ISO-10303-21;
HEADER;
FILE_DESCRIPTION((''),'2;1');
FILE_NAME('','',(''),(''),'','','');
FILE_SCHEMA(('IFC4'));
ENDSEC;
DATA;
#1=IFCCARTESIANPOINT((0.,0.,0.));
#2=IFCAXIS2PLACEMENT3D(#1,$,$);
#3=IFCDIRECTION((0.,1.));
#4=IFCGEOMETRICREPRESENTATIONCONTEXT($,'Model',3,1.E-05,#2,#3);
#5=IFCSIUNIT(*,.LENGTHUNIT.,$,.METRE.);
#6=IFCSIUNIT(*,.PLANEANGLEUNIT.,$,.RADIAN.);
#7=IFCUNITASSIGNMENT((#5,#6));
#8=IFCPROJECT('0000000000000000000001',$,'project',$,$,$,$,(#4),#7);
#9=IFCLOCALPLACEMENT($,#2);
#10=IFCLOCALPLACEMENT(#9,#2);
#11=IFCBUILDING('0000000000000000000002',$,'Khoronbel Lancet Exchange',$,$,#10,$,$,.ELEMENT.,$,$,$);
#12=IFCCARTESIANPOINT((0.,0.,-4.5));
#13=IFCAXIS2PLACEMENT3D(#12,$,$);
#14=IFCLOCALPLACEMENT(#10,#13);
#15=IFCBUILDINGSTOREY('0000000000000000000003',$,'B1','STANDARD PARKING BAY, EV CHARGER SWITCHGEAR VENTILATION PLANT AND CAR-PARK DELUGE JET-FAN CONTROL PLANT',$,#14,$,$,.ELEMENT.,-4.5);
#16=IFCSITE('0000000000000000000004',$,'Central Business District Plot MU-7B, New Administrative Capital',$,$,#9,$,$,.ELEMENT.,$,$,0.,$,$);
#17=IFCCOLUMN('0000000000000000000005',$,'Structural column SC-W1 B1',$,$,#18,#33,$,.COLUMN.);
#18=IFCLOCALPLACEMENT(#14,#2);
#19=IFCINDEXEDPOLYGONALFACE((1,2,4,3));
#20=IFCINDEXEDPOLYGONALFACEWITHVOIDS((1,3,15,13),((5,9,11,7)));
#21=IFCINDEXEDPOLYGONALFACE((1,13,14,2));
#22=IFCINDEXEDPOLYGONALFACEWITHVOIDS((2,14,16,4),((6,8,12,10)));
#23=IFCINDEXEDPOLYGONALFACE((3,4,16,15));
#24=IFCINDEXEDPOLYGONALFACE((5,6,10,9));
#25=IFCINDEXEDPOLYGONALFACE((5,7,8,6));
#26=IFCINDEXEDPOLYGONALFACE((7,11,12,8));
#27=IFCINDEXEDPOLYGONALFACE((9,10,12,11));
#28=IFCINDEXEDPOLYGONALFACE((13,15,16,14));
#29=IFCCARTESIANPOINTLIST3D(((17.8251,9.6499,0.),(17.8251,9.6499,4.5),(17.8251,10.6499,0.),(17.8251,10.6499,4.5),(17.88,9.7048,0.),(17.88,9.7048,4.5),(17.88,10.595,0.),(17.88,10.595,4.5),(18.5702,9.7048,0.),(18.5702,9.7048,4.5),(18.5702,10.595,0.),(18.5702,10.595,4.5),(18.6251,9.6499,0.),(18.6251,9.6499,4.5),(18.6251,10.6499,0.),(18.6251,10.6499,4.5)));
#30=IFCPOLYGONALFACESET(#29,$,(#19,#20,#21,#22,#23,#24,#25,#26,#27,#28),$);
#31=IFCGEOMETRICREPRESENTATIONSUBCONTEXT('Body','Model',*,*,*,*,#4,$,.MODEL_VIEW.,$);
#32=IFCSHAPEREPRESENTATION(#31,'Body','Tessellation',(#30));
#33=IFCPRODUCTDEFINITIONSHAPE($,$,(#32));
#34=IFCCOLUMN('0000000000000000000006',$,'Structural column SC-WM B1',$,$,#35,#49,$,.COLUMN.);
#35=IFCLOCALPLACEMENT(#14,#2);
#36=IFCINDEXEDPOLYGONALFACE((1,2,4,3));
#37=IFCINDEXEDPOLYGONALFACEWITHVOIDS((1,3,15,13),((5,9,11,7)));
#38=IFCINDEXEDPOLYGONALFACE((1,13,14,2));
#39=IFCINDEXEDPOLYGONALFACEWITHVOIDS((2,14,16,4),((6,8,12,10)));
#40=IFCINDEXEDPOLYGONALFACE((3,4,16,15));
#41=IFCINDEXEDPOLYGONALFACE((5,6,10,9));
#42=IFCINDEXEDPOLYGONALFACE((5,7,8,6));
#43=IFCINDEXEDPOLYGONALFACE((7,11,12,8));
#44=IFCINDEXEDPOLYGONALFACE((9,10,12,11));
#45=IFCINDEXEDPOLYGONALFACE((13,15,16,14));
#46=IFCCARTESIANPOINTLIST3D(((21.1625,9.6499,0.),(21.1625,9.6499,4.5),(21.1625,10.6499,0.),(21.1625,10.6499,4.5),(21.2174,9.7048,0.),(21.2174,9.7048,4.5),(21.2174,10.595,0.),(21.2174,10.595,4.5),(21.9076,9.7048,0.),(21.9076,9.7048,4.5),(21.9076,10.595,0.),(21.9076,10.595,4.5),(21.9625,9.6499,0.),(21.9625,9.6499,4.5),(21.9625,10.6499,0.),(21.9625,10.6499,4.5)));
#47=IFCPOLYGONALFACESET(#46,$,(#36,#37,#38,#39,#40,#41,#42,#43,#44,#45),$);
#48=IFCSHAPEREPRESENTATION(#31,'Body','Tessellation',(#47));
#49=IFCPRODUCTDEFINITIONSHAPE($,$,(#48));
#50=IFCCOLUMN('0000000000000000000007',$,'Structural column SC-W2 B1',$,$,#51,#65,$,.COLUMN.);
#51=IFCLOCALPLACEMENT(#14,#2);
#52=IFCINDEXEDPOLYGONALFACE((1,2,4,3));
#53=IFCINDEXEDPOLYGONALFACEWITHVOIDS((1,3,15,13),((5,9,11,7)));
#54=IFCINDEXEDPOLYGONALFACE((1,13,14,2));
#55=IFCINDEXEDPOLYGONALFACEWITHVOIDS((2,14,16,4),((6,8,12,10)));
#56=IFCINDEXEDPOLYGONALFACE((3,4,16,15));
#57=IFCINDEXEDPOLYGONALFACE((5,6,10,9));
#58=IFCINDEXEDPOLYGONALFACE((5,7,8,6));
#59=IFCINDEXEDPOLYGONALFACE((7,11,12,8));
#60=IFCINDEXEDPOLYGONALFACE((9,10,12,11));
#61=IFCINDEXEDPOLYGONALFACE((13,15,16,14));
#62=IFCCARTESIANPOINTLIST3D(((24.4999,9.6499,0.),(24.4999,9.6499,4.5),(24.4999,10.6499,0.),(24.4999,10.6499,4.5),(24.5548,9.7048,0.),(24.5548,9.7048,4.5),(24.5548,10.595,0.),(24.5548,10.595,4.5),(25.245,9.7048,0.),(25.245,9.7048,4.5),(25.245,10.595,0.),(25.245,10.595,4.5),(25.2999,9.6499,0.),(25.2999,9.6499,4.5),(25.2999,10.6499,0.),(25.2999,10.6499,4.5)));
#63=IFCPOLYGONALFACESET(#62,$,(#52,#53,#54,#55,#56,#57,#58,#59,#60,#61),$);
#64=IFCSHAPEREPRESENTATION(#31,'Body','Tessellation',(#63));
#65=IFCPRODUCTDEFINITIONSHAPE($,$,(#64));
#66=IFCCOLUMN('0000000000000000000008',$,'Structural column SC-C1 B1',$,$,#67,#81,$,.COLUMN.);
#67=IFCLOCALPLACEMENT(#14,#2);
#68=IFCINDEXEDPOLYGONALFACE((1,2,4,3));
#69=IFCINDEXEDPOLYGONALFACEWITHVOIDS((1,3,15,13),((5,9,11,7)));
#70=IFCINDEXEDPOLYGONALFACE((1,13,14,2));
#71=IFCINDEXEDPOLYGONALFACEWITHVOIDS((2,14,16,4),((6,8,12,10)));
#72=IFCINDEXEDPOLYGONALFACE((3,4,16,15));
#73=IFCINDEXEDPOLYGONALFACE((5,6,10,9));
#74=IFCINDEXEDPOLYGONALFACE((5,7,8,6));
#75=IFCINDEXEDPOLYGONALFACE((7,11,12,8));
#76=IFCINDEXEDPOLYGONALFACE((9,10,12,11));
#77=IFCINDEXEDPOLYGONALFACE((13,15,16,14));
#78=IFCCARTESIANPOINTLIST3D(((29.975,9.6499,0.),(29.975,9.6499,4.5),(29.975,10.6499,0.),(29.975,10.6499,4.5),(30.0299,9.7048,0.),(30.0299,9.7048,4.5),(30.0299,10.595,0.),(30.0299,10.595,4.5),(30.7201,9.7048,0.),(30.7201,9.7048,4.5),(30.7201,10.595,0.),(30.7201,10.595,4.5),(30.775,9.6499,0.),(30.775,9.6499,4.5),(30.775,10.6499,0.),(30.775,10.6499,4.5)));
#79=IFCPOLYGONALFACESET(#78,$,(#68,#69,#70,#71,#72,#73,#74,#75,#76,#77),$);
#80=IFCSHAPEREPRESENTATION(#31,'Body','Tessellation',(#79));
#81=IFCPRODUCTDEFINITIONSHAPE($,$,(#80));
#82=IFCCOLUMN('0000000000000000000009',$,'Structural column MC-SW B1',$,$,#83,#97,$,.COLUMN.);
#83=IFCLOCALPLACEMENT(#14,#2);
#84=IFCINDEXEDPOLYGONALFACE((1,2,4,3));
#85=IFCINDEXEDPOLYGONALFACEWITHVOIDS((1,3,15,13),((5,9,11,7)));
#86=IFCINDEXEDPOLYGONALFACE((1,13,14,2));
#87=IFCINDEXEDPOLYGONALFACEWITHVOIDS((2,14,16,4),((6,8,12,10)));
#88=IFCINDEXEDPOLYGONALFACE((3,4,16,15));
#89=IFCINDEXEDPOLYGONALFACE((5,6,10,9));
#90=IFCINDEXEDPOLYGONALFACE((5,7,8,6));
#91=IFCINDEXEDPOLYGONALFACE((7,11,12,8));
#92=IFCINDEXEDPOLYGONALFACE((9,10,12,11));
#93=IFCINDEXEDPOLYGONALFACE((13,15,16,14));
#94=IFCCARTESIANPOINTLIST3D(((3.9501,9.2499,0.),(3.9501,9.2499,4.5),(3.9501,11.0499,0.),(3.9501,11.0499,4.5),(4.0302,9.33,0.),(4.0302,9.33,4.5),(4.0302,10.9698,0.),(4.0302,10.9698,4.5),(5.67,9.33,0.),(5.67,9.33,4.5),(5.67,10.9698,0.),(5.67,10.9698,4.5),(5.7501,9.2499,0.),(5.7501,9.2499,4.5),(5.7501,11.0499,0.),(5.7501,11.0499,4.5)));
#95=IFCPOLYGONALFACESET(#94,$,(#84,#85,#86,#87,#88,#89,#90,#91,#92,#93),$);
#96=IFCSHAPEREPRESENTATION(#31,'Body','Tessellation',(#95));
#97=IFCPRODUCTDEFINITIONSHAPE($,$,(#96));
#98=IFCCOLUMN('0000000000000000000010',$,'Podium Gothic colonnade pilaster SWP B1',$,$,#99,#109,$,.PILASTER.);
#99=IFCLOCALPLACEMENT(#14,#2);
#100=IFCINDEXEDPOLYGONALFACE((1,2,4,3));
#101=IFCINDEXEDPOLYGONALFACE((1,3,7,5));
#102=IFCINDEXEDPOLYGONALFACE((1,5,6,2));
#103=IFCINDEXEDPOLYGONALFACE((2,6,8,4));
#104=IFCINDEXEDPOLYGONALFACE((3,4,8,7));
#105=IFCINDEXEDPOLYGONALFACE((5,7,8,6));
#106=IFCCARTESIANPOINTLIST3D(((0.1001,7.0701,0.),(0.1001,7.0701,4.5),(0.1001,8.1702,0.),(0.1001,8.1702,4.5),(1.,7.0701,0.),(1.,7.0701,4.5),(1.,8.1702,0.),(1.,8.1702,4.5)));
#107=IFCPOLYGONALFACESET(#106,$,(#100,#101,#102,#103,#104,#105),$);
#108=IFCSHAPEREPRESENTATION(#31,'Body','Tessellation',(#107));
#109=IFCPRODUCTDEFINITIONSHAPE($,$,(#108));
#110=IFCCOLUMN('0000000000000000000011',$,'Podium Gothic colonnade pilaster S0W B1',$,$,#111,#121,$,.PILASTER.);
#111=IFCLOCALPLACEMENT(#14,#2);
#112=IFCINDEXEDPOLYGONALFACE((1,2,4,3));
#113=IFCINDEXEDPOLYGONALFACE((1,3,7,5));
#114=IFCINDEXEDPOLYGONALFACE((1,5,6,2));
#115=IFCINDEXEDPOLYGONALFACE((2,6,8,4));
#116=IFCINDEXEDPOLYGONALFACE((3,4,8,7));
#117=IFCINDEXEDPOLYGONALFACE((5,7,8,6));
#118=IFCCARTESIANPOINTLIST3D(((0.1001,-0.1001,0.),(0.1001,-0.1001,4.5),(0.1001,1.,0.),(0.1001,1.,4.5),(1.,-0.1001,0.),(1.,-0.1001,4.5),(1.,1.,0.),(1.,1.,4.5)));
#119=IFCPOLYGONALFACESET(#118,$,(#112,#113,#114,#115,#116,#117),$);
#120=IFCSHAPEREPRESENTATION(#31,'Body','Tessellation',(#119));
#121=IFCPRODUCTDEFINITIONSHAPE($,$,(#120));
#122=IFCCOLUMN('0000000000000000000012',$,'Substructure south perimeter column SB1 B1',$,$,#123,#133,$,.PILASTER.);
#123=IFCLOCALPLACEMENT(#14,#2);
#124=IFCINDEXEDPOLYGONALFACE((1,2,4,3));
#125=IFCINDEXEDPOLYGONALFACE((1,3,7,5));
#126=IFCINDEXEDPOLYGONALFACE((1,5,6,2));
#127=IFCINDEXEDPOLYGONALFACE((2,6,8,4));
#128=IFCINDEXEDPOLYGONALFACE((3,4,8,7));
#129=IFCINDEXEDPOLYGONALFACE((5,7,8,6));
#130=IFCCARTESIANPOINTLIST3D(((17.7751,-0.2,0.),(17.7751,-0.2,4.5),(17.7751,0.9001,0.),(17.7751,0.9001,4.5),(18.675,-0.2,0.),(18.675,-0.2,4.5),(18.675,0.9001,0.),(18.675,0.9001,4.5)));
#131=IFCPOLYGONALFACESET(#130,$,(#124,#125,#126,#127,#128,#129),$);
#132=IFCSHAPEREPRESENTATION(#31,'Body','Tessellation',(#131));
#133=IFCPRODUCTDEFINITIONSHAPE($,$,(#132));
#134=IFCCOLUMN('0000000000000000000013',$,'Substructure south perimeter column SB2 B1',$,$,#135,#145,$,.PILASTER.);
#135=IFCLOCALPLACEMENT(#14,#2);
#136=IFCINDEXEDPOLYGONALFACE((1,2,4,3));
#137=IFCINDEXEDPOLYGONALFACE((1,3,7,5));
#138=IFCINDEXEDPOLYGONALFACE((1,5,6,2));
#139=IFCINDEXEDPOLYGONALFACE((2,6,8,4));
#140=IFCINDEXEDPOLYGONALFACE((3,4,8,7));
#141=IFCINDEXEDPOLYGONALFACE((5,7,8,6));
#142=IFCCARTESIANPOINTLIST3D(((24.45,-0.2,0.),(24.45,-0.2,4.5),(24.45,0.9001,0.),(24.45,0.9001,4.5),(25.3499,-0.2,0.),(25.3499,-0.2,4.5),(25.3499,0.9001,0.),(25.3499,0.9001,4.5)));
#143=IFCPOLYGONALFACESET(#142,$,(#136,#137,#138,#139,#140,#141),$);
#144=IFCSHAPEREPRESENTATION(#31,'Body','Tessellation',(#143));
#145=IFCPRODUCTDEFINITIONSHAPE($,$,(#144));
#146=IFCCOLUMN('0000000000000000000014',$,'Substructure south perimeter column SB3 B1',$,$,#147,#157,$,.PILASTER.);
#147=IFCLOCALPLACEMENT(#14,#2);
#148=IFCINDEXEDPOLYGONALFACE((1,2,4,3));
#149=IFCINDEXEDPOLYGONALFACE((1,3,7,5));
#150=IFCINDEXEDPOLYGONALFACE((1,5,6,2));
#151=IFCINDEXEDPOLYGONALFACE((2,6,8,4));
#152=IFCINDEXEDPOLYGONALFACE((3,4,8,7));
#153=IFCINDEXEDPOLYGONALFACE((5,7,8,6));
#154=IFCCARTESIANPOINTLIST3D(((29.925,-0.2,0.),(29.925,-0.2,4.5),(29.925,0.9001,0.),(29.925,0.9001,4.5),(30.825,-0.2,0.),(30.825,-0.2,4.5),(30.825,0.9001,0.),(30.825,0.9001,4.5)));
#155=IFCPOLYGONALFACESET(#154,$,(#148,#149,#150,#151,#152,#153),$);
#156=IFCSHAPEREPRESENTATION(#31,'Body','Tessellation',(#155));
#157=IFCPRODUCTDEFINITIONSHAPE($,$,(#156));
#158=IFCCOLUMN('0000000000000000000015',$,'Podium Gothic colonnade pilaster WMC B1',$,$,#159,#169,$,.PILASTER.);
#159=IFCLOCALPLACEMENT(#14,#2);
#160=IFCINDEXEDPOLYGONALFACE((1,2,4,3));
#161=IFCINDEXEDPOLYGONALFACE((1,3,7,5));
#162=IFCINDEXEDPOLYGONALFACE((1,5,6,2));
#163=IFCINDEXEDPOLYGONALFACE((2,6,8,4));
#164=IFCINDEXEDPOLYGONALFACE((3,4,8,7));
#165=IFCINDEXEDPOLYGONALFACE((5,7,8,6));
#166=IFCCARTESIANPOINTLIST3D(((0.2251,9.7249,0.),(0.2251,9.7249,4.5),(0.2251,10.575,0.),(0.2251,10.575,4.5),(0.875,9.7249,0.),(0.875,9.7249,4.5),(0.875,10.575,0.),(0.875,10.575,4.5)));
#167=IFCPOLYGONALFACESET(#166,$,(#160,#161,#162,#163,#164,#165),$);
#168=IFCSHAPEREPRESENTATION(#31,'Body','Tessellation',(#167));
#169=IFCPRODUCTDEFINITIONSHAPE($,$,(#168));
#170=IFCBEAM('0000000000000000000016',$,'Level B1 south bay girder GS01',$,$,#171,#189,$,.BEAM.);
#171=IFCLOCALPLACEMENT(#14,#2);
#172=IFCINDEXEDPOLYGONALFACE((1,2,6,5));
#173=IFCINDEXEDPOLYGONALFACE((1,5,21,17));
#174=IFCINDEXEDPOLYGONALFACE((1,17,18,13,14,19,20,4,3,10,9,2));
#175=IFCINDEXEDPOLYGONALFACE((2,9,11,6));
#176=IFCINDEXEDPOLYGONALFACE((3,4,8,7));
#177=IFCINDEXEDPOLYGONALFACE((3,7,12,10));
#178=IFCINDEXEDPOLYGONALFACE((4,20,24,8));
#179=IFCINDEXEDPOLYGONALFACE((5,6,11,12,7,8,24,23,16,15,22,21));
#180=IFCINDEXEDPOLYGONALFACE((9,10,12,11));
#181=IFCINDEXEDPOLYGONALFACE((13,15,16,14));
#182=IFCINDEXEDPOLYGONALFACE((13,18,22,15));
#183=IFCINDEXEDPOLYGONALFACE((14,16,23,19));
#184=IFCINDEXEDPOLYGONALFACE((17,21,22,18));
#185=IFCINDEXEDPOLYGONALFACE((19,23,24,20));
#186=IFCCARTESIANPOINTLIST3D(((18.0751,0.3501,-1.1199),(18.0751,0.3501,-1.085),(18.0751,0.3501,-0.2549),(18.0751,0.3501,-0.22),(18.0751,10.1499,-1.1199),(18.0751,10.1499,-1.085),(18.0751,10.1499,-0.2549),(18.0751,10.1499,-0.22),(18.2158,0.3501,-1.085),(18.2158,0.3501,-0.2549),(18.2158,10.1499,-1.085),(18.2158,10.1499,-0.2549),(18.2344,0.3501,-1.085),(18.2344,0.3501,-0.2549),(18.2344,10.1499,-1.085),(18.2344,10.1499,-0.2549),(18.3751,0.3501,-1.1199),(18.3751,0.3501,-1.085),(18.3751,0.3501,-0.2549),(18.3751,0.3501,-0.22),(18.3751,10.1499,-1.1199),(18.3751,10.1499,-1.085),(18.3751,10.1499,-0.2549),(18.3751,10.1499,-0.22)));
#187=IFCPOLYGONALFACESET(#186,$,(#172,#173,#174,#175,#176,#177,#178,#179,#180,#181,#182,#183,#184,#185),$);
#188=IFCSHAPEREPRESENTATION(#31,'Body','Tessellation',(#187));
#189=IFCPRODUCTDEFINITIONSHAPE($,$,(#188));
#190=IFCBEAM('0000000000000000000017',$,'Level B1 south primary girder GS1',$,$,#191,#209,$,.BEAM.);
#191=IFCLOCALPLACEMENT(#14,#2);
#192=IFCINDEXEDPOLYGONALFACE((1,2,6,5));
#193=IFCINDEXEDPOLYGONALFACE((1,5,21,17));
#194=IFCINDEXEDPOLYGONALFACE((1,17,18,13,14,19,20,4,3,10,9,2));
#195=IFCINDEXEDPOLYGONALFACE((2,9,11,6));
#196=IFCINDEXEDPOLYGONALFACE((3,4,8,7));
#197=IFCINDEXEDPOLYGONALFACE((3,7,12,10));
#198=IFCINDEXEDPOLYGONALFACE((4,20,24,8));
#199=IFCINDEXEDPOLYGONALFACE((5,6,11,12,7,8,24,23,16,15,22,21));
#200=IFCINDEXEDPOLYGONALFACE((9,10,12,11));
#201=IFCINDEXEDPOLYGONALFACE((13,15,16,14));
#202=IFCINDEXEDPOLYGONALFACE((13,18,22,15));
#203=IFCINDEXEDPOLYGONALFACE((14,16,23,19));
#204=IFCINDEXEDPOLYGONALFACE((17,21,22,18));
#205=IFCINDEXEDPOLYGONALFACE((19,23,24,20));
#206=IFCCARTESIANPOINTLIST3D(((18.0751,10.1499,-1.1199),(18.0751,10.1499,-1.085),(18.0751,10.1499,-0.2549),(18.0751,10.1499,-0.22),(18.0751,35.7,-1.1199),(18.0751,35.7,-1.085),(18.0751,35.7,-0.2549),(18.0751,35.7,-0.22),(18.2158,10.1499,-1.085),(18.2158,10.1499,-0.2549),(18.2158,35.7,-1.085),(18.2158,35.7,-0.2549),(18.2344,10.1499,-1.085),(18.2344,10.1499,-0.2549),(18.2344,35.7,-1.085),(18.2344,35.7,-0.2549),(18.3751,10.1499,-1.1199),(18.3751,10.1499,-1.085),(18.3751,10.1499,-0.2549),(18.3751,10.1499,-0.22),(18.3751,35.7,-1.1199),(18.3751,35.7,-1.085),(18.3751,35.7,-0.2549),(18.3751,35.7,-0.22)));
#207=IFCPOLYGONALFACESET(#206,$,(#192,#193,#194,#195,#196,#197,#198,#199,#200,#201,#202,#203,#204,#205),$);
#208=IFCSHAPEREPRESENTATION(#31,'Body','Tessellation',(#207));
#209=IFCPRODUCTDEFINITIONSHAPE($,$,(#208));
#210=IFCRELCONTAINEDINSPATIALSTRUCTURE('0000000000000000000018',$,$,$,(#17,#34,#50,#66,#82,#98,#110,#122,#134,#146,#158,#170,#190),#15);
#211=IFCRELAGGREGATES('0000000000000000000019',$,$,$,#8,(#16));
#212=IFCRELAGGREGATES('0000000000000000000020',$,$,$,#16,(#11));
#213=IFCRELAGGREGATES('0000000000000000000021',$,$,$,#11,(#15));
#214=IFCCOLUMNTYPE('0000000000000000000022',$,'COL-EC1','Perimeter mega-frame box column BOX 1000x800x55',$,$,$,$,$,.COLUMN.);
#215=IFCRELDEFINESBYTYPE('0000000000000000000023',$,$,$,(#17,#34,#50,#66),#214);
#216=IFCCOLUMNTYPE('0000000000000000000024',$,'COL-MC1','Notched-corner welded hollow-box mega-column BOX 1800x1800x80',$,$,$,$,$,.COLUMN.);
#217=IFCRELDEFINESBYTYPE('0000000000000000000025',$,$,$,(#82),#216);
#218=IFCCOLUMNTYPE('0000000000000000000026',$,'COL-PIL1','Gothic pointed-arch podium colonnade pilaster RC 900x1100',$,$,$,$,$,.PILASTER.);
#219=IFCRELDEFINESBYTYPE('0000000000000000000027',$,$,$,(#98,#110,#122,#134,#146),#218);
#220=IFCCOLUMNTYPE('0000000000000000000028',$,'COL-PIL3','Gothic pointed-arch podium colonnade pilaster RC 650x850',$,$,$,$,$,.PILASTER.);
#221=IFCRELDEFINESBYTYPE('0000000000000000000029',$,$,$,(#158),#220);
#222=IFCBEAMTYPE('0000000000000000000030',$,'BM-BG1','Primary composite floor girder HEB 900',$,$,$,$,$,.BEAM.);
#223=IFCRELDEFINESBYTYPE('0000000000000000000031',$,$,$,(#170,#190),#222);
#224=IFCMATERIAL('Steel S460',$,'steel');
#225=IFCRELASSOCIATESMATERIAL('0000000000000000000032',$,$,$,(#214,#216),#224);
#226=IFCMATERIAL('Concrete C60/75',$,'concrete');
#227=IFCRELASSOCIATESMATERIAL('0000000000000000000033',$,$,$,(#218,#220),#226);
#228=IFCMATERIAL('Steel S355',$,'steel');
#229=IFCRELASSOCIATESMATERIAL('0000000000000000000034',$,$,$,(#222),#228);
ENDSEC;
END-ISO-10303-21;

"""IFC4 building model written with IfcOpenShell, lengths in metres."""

from ifc_helpers import new_model, si_unit, direction, frame, origin, origin_2d, place, context, subcontext, project, spatial, rectangle, hollow_rectangle, i_section, extrude, material, material_profile, profile_set, type_object, element, save


model = new_model("IFC4")

# Units and contexts
model_context = context("Model", 3, precision=1e-05, world=origin(), true_north=direction((0.0, 1.0)))
body_context = subcontext(model_context, "Body", "Model", "MODEL_VIEW")
ifc_project = project(units=[si_unit("LENGTHUNIT", "METRE"), si_unit("PLANEANGLEUNIT", "RADIAN")], contexts=[model_context])

# Site, building, storey
site_placement = place(None, origin())
site = spatial("IfcSite", under=ifc_project, at=site_placement, Name="Central Business District Plot MU-7B, New Administrative Capital", CompositionType="ELEMENT", RefElevation=0.0)
building_placement = place(site_placement, origin())
building = spatial("IfcBuilding", under=site, at=building_placement, Name="Khoronbel Lancet Exchange", CompositionType="ELEMENT")
storey_placement = place(building_placement, frame((0.0, 0.0, -4.5)))
storey = spatial("IfcBuildingStorey", under=building, at=storey_placement, Name="B1", Description="STANDARD PARKING BAY, EV CHARGER SWITCHGEAR VENTILATION PLANT AND CAR-PARK DELUGE JET-FAN CONTROL PLANT", CompositionType="ELEMENT", Elevation=-4.5)

# Columns
ifc_material_1 = material(Name="Steel S460", Category="steel")
ifc_material_profile_1 = material_profile(ifc_material_1, hollow_rectangle(XDim=0.8, YDim=1.0, WallThickness=0.0549, at=origin_2d()), Name="BOX 1000x800x55")
ifc_profile_set_1 = profile_set([ifc_material_profile_1], Name="Steel S460")
column_type_1 = type_object("IfcColumnType", Name="COL-EC1", Description="Perimeter mega-frame box column BOX 1000x800x55", PredefinedType="COLUMN", material=ifc_profile_set_1)
for number, where, z_axis, x_axis, name in (
    (1, (18.2251, 10.1499, 0.0), (0.0, 0.0, 1.0), (1.0, 0.0, 0.0), "Structural column SC-W1 B1"),
    (2, (21.5625, 10.1499, 0.0), (0.0, 0.0, 1.0), (1.0, 0.0, 0.0), "Structural column SC-WM B1"),
    (3, (24.8999, 10.1499, 0.0), (0.0, 0.0, 1.0), (1.0, 0.0, 0.0), "Structural column SC-W2 B1"),
    (4, (30.375, 10.1499, 0.0), (0.0, 0.0, 1.0), (1.0, 0.0, 0.0), "Structural column SC-C1 B1"),
):
    element("IfcColumn", number, at=place(storey_placement, frame(where, z_axis=z_axis, x_axis=x_axis)), inside=storey, type_object=column_type_1, Name=name, PredefinedType="COLUMN", context=body_context, shape_type="SweptSolid", body=[
        extrude(hollow_rectangle(XDim=0.8, YDim=1.0, WallThickness=0.0549, at=origin_2d()), origin(), (0.0, 0.0, 1.0), 4.5),
    ])
ifc_material_profile_2 = material_profile(ifc_material_1, hollow_rectangle(XDim=1.8, YDim=1.8, WallThickness=0.0801, at=origin_2d()), Name="BOX 1800x1800x80")
ifc_profile_set_2 = profile_set([ifc_material_profile_2], Name="Steel S460")
column_type_2 = type_object("IfcColumnType", Name="COL-MC1", Description="Notched-corner welded hollow-box mega-column BOX 1800x1800x80", PredefinedType="COLUMN", material=ifc_profile_set_2)
column_1_placement = place(storey_placement, frame((4.8501, 10.1499, 0.0), z_axis=(0.0, 0.0, 1.0), x_axis=(1.0, 0.0, 0.0)))
element("IfcColumn", 5, at=column_1_placement, inside=storey, type_object=column_type_2, Name="Structural column MC-SW B1", PredefinedType="COLUMN", context=body_context, shape_type="SweptSolid", body=[
    extrude(hollow_rectangle(XDim=1.8, YDim=1.8, WallThickness=0.0801, at=origin_2d()), origin(), (0.0, 0.0, 1.0), 4.5),
])
ifc_material_2 = material(Name="Concrete C60/75", Category="concrete")
ifc_material_profile_3 = material_profile(ifc_material_2, rectangle(XDim=0.8999, YDim=1.1001, at=origin_2d()), Name="RC 900x1100")
ifc_profile_set_3 = profile_set([ifc_material_profile_3], Name="Concrete C60/75")
column_type_3 = type_object("IfcColumnType", Name="COL-PIL1", Description="Gothic pointed-arch podium colonnade pilaster RC 900x1100", PredefinedType="PILASTER", material=ifc_profile_set_3)
for number, where, z_axis, x_axis, name in (
    (6, (0.55, 7.6201, 0.0), (0.0, 0.0, 1.0), (1.0, 0.0, 0.0), "Podium Gothic colonnade pilaster SWP B1"),
    (7, (0.55, 0.45, 0.0), (0.0, 0.0, 1.0), (1.0, 0.0, 0.0), "Podium Gothic colonnade pilaster S0W B1"),
    (8, (18.2251, 0.3501, 0.0), (0.0, 0.0, 1.0), (1.0, 0.0, 0.0), "Substructure south perimeter column SB1 B1"),
    (9, (24.8999, 0.3501, 0.0), (0.0, 0.0, 1.0), (1.0, 0.0, 0.0), "Substructure south perimeter column SB2 B1"),
    (10, (30.375, 0.3501, 0.0), (0.0, 0.0, 1.0), (1.0, 0.0, 0.0), "Substructure south perimeter column SB3 B1"),
):
    element("IfcColumn", number, at=place(storey_placement, frame(where, z_axis=z_axis, x_axis=x_axis)), inside=storey, type_object=column_type_3, Name=name, PredefinedType="PILASTER", context=body_context, shape_type="SweptSolid", body=[
        extrude(rectangle(XDim=0.8999, YDim=1.1001, at=origin_2d()), origin(), (0.0, 0.0, 1.0), 4.5),
    ])
ifc_material_profile_4 = material_profile(ifc_material_2, rectangle(XDim=0.6499, YDim=0.8501, at=origin_2d()), Name="RC 650x850")
ifc_profile_set_4 = profile_set([ifc_material_profile_4], Name="Concrete C60/75")
column_type_4 = type_object("IfcColumnType", Name="COL-PIL3", Description="Gothic pointed-arch podium colonnade pilaster RC 650x850", PredefinedType="PILASTER", material=ifc_profile_set_4)
column_2_placement = place(storey_placement, frame((0.55, 10.1499, 0.0), z_axis=(0.0, 0.0, 1.0), x_axis=(1.0, 0.0, 0.0)))
element("IfcColumn", 11, at=column_2_placement, inside=storey, type_object=column_type_4, Name="Podium Gothic colonnade pilaster WMC B1", PredefinedType="PILASTER", context=body_context, shape_type="SweptSolid", body=[
    extrude(rectangle(XDim=0.6499, YDim=0.8501, at=origin_2d()), origin(), (0.0, 0.0, 1.0), 4.5),
])

# Beams
ifc_material_3 = material(Name="Steel S355", Category="steel")
ifc_material_profile_5 = material_profile(ifc_material_3, i_section(OverallWidth=0.3, OverallDepth=0.8999, WebThickness=0.0186, FlangeThickness=0.0349, at=origin_2d()), Name="HEB 900")
ifc_profile_set_5 = profile_set([ifc_material_profile_5], Name="Steel S355")
beam_type_1 = type_object("IfcBeamType", Name="BM-BG1", Description="Primary composite floor girder HEB 900", PredefinedType="BEAM", material=ifc_profile_set_5)
beam_1_placement = place(storey_placement, frame((18.2251, 0.3501, -0.6699), z_axis=(0.0, 1.0, 0.0), x_axis=(-1.0, 0.0, 0.0)))
element("IfcBeam", 12, at=beam_1_placement, inside=storey, type_object=beam_type_1, Name="Level B1 south bay girder GS01", PredefinedType="BEAM", context=body_context, shape_type="SweptSolid", body=[
    extrude(i_section(OverallWidth=0.3, OverallDepth=0.8999, WebThickness=0.0186, FlangeThickness=0.0349, at=origin_2d()), origin(), (0.0, 0.0, 1.0), 9.7998),
])
beam_2_placement = place(storey_placement, frame((18.2251, 10.1499, -0.6699), z_axis=(0.0, 1.0, 0.0), x_axis=(-1.0, 0.0, 0.0)))
element("IfcBeam", 13, at=beam_2_placement, inside=storey, type_object=beam_type_1, Name="Level B1 south primary girder GS1", PredefinedType="BEAM", context=body_context, shape_type="SweptSolid", body=[
    extrude(i_section(OverallWidth=0.3, OverallDepth=0.8999, WebThickness=0.0186, FlangeThickness=0.0349, at=origin_2d()), origin(), (0.0, 0.0, 1.0), 25.55),
])

save(model, "model.ifc")
